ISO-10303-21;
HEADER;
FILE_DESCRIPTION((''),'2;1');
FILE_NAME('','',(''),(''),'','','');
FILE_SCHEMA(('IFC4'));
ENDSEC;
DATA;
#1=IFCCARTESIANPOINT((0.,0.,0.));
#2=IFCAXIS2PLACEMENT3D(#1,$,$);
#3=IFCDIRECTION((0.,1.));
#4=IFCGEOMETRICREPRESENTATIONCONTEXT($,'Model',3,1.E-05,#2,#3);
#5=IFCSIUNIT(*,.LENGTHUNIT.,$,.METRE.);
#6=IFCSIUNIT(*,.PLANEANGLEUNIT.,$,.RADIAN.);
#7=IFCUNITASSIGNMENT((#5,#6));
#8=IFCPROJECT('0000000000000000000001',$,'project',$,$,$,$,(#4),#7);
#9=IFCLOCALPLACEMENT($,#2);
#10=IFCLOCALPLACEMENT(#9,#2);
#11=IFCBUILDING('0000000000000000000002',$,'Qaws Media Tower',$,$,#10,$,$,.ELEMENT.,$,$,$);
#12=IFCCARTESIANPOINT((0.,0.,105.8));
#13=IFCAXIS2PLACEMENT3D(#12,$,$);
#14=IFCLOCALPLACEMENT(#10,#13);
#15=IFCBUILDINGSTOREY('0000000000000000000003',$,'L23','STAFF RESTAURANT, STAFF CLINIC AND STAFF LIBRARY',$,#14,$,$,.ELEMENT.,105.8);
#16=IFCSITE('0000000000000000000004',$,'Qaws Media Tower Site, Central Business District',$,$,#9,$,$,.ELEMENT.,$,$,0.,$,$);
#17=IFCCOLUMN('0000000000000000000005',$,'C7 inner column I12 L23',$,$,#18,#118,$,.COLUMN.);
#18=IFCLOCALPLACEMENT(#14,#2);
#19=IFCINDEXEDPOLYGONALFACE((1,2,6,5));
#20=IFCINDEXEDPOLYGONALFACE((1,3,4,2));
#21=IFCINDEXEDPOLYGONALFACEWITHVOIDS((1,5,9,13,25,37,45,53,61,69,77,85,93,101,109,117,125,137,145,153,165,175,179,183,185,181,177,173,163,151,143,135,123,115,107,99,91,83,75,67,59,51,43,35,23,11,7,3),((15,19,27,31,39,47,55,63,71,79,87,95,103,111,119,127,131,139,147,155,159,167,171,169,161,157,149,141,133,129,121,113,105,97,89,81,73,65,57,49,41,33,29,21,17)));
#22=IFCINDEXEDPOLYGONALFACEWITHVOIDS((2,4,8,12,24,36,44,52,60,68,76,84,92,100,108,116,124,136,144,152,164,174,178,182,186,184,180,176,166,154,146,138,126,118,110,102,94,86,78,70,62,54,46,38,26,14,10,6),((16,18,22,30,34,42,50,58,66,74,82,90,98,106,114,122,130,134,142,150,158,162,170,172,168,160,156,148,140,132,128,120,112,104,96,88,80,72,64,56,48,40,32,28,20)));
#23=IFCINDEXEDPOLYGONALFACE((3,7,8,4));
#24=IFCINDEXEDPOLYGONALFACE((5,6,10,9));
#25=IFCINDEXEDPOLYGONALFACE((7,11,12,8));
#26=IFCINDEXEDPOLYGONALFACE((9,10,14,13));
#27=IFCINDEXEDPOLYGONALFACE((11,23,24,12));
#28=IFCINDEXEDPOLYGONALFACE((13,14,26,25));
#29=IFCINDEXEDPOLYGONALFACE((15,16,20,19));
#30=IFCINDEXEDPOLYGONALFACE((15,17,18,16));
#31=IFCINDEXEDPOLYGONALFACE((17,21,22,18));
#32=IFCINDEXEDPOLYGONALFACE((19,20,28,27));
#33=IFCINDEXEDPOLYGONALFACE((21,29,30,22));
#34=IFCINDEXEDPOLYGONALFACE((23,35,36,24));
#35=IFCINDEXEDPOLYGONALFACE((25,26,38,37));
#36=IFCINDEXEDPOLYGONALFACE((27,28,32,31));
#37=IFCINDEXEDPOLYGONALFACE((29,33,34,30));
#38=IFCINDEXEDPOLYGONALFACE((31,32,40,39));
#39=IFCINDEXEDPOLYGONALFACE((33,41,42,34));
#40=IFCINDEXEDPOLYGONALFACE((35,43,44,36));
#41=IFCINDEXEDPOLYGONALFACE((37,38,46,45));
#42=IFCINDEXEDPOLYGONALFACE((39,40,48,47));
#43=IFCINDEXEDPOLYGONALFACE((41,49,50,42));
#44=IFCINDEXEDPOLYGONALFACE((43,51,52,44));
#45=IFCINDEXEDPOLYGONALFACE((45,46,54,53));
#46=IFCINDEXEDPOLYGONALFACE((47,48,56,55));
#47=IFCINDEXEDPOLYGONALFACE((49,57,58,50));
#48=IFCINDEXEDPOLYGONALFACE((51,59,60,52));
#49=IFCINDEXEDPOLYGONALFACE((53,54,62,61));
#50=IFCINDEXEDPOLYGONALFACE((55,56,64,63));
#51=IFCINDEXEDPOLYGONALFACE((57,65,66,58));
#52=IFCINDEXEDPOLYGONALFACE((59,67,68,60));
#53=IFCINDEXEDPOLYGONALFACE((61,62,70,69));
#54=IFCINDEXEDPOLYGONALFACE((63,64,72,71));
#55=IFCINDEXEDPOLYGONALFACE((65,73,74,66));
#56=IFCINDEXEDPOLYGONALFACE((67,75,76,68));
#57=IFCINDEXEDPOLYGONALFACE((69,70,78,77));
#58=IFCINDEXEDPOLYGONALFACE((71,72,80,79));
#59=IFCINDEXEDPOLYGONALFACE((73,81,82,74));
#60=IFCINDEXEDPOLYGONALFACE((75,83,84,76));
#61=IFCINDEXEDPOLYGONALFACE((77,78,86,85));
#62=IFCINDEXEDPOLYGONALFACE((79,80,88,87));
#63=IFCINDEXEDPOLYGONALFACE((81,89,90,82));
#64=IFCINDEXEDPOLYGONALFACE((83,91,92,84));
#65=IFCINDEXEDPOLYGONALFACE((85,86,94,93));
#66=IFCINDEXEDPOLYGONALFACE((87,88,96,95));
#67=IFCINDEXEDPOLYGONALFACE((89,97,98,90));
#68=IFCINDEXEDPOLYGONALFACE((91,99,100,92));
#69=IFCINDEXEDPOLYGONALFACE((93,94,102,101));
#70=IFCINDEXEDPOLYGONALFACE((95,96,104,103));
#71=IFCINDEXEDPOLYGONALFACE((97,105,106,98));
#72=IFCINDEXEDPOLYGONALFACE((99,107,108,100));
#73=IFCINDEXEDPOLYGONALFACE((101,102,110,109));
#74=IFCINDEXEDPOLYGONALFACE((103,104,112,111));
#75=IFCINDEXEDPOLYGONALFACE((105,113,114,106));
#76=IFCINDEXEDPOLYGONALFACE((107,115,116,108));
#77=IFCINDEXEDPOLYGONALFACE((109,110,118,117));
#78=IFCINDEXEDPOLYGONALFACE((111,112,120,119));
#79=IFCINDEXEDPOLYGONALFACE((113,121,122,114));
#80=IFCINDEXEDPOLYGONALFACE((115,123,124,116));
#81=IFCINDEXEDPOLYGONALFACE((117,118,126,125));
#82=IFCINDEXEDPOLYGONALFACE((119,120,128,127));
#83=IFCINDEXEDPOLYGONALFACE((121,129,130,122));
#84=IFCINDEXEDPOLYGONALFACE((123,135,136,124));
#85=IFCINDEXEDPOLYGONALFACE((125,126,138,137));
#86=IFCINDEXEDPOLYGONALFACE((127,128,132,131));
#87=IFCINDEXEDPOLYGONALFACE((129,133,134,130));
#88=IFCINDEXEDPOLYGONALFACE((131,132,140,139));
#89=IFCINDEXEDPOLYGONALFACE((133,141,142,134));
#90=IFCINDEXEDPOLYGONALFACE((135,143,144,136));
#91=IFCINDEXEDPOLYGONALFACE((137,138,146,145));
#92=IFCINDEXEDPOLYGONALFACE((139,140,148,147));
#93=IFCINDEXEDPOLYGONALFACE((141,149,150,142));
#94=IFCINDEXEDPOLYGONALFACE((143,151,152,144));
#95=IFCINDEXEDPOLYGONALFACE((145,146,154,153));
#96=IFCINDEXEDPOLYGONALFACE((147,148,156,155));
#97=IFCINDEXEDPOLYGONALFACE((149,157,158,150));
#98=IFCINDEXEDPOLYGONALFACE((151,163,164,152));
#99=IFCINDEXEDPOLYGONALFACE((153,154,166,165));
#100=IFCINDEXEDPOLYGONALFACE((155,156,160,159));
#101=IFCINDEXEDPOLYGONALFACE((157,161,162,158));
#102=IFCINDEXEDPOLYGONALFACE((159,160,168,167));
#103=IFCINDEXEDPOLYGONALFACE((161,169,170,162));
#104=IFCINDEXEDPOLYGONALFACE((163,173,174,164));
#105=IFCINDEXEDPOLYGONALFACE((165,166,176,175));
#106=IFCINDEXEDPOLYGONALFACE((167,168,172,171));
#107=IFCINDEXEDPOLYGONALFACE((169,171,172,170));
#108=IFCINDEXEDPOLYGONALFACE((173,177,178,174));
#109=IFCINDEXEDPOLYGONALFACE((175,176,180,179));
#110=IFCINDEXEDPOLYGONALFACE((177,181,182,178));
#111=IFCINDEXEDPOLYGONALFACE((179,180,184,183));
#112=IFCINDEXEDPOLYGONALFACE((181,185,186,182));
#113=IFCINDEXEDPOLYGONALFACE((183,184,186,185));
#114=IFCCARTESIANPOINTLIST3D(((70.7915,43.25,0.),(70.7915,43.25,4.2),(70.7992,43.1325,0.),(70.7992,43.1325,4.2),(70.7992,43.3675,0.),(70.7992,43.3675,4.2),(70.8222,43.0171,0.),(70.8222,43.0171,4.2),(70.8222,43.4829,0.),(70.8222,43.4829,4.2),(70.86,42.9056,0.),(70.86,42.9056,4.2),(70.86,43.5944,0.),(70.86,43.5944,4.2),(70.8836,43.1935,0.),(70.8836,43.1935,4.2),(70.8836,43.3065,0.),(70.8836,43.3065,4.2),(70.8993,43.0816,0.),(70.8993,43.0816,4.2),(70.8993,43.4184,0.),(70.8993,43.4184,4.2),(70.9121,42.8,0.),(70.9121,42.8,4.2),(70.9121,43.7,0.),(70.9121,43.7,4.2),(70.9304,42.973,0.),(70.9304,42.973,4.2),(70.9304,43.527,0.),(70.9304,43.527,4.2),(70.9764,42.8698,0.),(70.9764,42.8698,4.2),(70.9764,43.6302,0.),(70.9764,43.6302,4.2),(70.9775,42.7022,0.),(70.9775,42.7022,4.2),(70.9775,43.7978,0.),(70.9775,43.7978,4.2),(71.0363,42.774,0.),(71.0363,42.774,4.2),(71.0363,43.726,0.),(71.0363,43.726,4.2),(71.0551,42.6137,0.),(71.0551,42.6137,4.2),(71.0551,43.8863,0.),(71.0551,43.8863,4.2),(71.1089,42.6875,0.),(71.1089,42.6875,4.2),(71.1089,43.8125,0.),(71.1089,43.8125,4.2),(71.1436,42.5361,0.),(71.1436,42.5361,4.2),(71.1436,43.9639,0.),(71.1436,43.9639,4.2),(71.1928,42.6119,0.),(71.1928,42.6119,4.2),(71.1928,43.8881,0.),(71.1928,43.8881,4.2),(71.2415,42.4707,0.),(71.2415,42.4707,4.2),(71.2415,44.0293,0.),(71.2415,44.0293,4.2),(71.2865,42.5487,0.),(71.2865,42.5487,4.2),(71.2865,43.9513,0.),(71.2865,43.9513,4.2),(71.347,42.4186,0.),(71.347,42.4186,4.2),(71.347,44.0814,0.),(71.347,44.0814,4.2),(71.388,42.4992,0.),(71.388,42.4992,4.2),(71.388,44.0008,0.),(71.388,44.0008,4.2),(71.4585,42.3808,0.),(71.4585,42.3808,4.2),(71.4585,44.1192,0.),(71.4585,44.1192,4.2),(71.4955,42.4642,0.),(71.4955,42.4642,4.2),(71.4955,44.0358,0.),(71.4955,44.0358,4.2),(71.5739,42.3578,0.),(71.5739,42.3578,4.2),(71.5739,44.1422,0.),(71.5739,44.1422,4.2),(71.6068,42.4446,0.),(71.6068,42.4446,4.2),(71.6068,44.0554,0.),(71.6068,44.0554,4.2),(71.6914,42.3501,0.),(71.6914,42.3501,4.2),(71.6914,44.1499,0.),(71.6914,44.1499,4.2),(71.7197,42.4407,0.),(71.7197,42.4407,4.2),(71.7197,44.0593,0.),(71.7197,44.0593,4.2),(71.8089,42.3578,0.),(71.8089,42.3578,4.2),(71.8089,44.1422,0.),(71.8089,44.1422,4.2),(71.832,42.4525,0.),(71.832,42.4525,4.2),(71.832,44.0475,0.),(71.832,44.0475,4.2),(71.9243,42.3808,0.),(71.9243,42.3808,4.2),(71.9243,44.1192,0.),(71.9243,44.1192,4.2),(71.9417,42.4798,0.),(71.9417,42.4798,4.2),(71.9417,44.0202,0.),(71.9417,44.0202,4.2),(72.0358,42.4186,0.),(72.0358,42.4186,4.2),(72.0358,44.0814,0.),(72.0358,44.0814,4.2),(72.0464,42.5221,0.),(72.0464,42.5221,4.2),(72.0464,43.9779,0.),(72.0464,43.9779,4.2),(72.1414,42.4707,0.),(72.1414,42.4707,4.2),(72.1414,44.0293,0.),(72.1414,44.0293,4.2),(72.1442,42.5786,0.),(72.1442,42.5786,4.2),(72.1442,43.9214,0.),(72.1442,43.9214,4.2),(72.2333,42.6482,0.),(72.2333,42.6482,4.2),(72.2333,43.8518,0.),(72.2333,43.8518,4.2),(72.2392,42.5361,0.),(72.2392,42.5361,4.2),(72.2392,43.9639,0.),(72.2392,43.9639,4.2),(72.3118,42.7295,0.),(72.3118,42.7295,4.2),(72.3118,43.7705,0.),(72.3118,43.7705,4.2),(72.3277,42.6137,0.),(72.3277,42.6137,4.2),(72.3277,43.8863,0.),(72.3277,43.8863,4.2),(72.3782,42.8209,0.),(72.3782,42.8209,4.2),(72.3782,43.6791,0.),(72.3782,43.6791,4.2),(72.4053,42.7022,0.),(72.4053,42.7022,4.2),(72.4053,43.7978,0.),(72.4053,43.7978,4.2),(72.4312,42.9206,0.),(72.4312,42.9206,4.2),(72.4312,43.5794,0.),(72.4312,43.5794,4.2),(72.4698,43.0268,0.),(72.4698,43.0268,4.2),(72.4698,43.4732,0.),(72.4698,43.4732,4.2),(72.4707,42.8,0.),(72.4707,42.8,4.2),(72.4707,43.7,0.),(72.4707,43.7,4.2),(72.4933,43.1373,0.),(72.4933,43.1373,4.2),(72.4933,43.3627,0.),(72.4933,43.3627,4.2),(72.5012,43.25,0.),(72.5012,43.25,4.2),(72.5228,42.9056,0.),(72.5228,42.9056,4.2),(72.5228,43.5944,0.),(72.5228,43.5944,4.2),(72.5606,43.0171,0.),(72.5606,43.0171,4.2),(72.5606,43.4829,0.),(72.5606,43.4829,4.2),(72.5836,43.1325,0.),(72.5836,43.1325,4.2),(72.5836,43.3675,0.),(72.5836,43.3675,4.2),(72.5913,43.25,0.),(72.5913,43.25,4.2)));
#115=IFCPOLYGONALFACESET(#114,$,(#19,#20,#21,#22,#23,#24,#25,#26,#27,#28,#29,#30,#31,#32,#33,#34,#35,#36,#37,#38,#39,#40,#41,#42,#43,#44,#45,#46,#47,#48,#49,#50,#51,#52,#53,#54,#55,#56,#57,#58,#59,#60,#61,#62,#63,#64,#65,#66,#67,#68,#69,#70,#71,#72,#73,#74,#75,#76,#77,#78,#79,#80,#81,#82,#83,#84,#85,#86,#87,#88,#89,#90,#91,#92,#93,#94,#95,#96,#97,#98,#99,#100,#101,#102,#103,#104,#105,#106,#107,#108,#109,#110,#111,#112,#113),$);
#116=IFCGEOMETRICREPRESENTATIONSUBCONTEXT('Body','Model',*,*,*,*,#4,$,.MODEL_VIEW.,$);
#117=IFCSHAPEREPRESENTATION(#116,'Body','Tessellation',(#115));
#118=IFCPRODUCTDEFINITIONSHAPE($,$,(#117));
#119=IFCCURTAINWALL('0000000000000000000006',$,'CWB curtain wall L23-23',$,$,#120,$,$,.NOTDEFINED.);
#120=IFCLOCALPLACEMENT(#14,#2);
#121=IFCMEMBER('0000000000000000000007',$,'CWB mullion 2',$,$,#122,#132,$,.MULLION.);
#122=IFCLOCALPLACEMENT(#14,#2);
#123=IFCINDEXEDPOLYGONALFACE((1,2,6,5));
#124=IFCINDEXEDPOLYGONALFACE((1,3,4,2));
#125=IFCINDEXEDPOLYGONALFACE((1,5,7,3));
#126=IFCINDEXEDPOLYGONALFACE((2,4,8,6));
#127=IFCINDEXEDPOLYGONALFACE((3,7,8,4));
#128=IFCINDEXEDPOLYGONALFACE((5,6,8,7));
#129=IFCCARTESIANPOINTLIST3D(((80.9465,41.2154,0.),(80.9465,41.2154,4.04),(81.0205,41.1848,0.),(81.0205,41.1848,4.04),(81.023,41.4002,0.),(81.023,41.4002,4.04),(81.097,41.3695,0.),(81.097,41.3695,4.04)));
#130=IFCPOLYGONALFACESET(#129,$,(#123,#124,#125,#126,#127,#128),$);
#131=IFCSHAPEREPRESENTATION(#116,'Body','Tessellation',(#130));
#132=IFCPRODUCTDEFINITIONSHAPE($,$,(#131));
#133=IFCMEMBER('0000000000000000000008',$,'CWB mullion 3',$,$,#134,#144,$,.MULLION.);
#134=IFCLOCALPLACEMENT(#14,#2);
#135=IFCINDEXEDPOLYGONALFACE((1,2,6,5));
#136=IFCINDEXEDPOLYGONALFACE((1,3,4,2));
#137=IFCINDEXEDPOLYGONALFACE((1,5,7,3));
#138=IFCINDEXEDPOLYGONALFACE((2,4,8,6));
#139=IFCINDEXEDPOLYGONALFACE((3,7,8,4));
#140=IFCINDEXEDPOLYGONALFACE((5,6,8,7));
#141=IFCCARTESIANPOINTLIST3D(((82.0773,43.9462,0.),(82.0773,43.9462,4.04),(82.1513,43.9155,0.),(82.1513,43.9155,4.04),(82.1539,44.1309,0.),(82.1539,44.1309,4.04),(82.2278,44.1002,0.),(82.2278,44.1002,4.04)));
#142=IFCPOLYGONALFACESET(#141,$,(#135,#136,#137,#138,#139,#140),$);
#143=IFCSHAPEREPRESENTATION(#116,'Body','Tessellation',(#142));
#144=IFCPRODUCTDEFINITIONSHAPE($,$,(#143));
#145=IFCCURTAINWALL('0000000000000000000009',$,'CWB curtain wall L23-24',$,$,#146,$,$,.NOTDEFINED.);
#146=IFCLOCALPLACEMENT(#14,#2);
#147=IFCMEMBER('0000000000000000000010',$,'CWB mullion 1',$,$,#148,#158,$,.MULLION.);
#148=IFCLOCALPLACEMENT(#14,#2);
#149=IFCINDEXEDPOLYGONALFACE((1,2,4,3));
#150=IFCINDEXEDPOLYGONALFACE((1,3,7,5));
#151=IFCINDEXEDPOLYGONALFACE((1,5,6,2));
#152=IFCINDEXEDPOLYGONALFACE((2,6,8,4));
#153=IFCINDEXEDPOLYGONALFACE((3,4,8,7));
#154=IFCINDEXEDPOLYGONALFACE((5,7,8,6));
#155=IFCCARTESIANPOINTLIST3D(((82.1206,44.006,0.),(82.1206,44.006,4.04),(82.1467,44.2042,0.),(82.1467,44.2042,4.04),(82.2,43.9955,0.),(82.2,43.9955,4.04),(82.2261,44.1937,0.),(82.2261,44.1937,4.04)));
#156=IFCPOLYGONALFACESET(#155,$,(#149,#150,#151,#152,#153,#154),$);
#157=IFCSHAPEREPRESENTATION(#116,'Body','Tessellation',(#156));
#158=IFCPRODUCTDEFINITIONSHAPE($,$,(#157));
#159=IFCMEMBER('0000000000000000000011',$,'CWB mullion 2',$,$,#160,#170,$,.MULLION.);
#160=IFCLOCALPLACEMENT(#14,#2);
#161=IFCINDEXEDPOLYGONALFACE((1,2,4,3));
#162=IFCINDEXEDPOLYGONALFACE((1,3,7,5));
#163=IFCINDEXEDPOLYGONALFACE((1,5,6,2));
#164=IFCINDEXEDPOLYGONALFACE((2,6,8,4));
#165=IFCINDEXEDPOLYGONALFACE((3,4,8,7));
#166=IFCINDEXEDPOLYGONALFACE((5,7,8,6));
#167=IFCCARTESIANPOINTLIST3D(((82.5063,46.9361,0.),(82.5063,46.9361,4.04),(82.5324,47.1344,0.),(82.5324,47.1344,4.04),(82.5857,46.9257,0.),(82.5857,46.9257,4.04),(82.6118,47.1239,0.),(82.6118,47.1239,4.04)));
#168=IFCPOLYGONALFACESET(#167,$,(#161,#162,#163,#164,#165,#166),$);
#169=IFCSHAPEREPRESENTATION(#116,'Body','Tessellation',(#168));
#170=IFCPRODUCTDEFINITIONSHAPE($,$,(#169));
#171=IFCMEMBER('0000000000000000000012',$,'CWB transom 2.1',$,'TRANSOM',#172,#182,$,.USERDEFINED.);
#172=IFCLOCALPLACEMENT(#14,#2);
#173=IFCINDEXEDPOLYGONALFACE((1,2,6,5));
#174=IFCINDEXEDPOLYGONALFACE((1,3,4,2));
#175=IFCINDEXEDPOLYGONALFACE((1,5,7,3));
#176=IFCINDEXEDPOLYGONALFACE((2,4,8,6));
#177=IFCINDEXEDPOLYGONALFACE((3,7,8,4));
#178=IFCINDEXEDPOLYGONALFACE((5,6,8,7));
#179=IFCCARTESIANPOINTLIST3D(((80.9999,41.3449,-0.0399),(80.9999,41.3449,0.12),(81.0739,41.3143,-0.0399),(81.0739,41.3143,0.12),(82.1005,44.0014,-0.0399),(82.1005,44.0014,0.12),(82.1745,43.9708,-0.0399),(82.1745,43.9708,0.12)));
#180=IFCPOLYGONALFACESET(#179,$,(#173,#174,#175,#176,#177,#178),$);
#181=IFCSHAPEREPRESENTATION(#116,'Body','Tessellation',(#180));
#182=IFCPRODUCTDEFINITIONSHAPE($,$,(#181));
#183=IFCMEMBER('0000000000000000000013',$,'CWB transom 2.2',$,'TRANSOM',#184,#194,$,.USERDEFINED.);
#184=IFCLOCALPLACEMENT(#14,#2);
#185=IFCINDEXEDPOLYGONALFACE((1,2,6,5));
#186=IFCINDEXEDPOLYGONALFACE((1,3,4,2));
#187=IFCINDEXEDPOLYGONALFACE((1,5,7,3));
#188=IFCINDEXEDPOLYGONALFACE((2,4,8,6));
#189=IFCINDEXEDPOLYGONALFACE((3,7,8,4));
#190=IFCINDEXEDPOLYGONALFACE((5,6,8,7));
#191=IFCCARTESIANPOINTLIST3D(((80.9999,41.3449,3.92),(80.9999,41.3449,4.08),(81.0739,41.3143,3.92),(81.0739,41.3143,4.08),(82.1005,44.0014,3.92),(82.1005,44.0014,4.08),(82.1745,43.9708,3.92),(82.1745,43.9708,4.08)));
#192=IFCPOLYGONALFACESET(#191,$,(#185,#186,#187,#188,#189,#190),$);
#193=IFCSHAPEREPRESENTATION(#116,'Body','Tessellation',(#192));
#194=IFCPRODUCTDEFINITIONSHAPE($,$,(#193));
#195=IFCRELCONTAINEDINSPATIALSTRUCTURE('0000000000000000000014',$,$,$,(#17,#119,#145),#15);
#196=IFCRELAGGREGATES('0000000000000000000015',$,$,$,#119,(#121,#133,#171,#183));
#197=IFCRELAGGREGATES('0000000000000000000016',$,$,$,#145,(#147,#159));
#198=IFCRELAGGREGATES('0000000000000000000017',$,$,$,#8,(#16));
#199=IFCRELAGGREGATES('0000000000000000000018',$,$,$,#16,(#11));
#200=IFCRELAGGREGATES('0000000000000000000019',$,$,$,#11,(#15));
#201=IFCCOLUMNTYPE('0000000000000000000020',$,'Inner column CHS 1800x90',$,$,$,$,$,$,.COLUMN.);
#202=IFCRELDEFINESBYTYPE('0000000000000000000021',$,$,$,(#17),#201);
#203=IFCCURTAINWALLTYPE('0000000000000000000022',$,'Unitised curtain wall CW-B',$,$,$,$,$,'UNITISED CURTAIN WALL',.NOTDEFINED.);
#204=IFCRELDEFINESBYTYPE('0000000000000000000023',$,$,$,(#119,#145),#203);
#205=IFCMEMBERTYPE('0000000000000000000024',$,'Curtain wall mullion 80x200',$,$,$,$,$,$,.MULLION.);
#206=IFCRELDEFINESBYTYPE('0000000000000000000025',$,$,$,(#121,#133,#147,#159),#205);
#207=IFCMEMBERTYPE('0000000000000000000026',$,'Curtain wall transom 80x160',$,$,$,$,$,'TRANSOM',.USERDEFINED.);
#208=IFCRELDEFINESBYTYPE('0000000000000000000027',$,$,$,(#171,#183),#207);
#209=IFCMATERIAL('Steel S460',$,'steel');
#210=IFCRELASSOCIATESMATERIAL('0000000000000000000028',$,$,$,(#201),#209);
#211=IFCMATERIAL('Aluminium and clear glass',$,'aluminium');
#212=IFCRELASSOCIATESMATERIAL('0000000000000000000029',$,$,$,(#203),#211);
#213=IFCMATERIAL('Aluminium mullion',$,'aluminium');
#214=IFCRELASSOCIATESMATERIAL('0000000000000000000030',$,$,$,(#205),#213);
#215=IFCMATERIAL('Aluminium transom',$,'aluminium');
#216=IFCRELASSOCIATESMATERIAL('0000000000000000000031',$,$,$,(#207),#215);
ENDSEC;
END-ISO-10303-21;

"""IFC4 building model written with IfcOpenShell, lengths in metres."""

from ifc_helpers import new_model, si_unit, direction, frame, origin, origin_2d, place, context, subcontext, project, spatial, rectangle, hollow_circle, extrude, material, material_profile, profile_set, type_object, element, aggregate, save


model = new_model("IFC4")

# Units and contexts
model_context = context("Model", 3, precision=1e-05, world=origin(), true_north=direction((0.0, 1.0)))
body_context = subcontext(model_context, "Body", "Model", "MODEL_VIEW")
ifc_project = project(units=[si_unit("LENGTHUNIT", "METRE"), si_unit("PLANEANGLEUNIT", "RADIAN")], contexts=[model_context])

# Site, building, storey
site_placement = place(None, origin())
site = spatial("IfcSite", under=ifc_project, at=site_placement, Name="Qaws Media Tower Site, Central Business District", CompositionType="ELEMENT", RefElevation=0.0)
building_placement = place(site_placement, origin())
building = spatial("IfcBuilding", under=site, at=building_placement, Name="Qaws Media Tower", CompositionType="ELEMENT")
storey_placement = place(building_placement, frame((0.0, 0.0, 105.8)))
storey = spatial("IfcBuildingStorey", under=building, at=storey_placement, Name="L23", Description="STAFF RESTAURANT, STAFF CLINIC AND STAFF LIBRARY", CompositionType="ELEMENT", Elevation=105.8)

# Column
ifc_material_1 = material(Name="Steel S460", Category="steel")
ifc_material_profile_1 = material_profile(ifc_material_1, hollow_circle(Radius=0.8999, WallThickness=0.0901, at=origin_2d()), Name="CHS 1800x90")
ifc_profile_set_1 = profile_set([ifc_material_profile_1], Name="Steel S460")
column_type = type_object("IfcColumnType", Name="Inner column CHS 1800x90", PredefinedType="COLUMN", material=ifc_profile_set_1)
column_placement = place(storey_placement, frame((71.6914, 43.25, 0.0), z_axis=(0.0, 0.0, 1.0), x_axis=(1.0, 0.0, 0.0)))
element("IfcColumn", 1, at=column_placement, inside=storey, type_object=column_type, Name="C7 inner column I12 L23", PredefinedType="COLUMN", context=body_context, shape_type="SweptSolid", body=[
    extrude(hollow_circle(Radius=0.8999, WallThickness=0.0901, at=origin_2d()), origin(), (0.0, 0.0, 1.0), 4.2),
])

# Curtain walls, members
ifc_material_2 = material(Name="Aluminium and clear glass", Category="aluminium")
curtain_wall_type = type_object("IfcCurtainWallType", Name="Unitised curtain wall CW-B", ElementType="UNITISED CURTAIN WALL", PredefinedType="NOTDEFINED", material=ifc_material_2)
curtain_wall_1_placement = place(storey_placement, origin())
curtain_wall_1 = element("IfcCurtainWall", 2, at=curtain_wall_1_placement, inside=storey, type_object=curtain_wall_type, Name="CWB curtain wall L23-23", PredefinedType="NOTDEFINED")
ifc_material_3 = material(Name="Aluminium mullion", Category="aluminium")
ifc_material_profile_2 = material_profile(ifc_material_3, rectangle(XDim=0.0801, YDim=0.2, at=origin_2d()), Name="80x200")
ifc_profile_set_2 = profile_set([ifc_material_profile_2], Name="Aluminium mullion")
member_type_1 = type_object("IfcMemberType", Name="Curtain wall mullion 80x200", PredefinedType="MULLION", material=ifc_profile_set_2)
member_1_placement = place(storey_placement, frame((81.0217, 41.2925, 0.0), z_axis=(0.0, 0.0, 1.0), x_axis=(-0.92388, 0.382683, 0.0)))
member_1 = element("IfcMember", 3, at=member_1_placement, type_object=member_type_1, Name="CWB mullion 2", PredefinedType="MULLION", context=body_context, shape_type="SweptSolid", body=[
    extrude(rectangle(XDim=0.0801, YDim=0.2, at=origin_2d()), origin(), (0.0, 0.0, 1.0), 4.04),
])
member_2_placement = place(storey_placement, frame((82.1526, 44.0232, 0.0), z_axis=(0.0, 0.0, 1.0), x_axis=(-0.92388, 0.382683, 0.0)))
member_2 = element("IfcMember", 4, at=member_2_placement, type_object=member_type_1, Name="CWB mullion 3", PredefinedType="MULLION", context=body_context, shape_type="SweptSolid", body=[
    extrude(rectangle(XDim=0.0801, YDim=0.2, at=origin_2d()), origin(), (0.0, 0.0, 1.0), 4.04),
])
curtain_wall_2_placement = place(storey_placement, origin())
curtain_wall_2 = element("IfcCurtainWall", 5, at=curtain_wall_2_placement, inside=storey, type_object=curtain_wall_type, Name="CWB curtain wall L23-24", PredefinedType="NOTDEFINED")
member_3_placement = place(storey_placement, frame((82.1733, 44.0999, 0.0), z_axis=(0.0, 0.0, 1.0), x_axis=(-0.991445, 0.130526, 0.0)))
member_3 = element("IfcMember", 6, at=member_3_placement, type_object=member_type_1, Name="CWB mullion 1", PredefinedType="MULLION", context=body_context, shape_type="SweptSolid", body=[
    extrude(rectangle(XDim=0.0801, YDim=0.2, at=origin_2d()), origin(), (0.0, 0.0, 1.0), 4.04),
])
member_4_placement = place(storey_placement, frame((82.5591, 47.03, 0.0), z_axis=(0.0, 0.0, 1.0), x_axis=(-0.991445, 0.130526, 0.0)))
member_4 = element("IfcMember", 7, at=member_4_placement, type_object=member_type_1, Name="CWB mullion 2", PredefinedType="MULLION", context=body_context, shape_type="SweptSolid", body=[
    extrude(rectangle(XDim=0.0801, YDim=0.2, at=origin_2d()), origin(), (0.0, 0.0, 1.0), 4.04),
])

# Members
ifc_material_4 = material(Name="Aluminium transom", Category="aluminium")
ifc_material_profile_3 = material_profile(ifc_material_4, rectangle(XDim=0.0801, YDim=0.1599, at=origin_2d()), Name="80x160")
ifc_profile_set_3 = profile_set([ifc_material_profile_3], Name="Aluminium transom")
member_type_2 = type_object("IfcMemberType", Name="Curtain wall transom 80x160", ElementType="TRANSOM", PredefinedType="USERDEFINED", material=ifc_profile_set_3)
member_5_placement = place(storey_placement, frame((81.0369, 41.3296, 0.04), z_axis=(0.382752, 0.923851, 0.0), x_axis=(-0.923851, 0.382752, 0.0)))
member_5 = element("IfcMember", 8, at=member_5_placement, type_object=member_type_2, Name="CWB transom 2.1", ObjectType="TRANSOM", PredefinedType="USERDEFINED", context=body_context, shape_type="SweptSolid", body=[
    extrude(rectangle(XDim=0.0801, YDim=0.1599, at=origin_2d()), origin(), (0.0, 0.0, 1.0), 2.8755),
])
member_6_placement = place(storey_placement, frame((81.0369, 41.3296, 4.0), z_axis=(0.382752, 0.923851, 0.0), x_axis=(-0.923851, 0.382752, 0.0)))
member_6 = element("IfcMember", 9, at=member_6_placement, type_object=member_type_2, Name="CWB transom 2.2", ObjectType="TRANSOM", PredefinedType="USERDEFINED", context=body_context, shape_type="SweptSolid", body=[
    extrude(rectangle(XDim=0.0801, YDim=0.1599, at=origin_2d()), origin(), (0.0, 0.0, 1.0), 2.8755),
])

aggregate(curtain_wall_1, [member_1, member_2, member_5, member_6])
aggregate(curtain_wall_2, [member_3, member_4])

save(model, "model.ifc")
